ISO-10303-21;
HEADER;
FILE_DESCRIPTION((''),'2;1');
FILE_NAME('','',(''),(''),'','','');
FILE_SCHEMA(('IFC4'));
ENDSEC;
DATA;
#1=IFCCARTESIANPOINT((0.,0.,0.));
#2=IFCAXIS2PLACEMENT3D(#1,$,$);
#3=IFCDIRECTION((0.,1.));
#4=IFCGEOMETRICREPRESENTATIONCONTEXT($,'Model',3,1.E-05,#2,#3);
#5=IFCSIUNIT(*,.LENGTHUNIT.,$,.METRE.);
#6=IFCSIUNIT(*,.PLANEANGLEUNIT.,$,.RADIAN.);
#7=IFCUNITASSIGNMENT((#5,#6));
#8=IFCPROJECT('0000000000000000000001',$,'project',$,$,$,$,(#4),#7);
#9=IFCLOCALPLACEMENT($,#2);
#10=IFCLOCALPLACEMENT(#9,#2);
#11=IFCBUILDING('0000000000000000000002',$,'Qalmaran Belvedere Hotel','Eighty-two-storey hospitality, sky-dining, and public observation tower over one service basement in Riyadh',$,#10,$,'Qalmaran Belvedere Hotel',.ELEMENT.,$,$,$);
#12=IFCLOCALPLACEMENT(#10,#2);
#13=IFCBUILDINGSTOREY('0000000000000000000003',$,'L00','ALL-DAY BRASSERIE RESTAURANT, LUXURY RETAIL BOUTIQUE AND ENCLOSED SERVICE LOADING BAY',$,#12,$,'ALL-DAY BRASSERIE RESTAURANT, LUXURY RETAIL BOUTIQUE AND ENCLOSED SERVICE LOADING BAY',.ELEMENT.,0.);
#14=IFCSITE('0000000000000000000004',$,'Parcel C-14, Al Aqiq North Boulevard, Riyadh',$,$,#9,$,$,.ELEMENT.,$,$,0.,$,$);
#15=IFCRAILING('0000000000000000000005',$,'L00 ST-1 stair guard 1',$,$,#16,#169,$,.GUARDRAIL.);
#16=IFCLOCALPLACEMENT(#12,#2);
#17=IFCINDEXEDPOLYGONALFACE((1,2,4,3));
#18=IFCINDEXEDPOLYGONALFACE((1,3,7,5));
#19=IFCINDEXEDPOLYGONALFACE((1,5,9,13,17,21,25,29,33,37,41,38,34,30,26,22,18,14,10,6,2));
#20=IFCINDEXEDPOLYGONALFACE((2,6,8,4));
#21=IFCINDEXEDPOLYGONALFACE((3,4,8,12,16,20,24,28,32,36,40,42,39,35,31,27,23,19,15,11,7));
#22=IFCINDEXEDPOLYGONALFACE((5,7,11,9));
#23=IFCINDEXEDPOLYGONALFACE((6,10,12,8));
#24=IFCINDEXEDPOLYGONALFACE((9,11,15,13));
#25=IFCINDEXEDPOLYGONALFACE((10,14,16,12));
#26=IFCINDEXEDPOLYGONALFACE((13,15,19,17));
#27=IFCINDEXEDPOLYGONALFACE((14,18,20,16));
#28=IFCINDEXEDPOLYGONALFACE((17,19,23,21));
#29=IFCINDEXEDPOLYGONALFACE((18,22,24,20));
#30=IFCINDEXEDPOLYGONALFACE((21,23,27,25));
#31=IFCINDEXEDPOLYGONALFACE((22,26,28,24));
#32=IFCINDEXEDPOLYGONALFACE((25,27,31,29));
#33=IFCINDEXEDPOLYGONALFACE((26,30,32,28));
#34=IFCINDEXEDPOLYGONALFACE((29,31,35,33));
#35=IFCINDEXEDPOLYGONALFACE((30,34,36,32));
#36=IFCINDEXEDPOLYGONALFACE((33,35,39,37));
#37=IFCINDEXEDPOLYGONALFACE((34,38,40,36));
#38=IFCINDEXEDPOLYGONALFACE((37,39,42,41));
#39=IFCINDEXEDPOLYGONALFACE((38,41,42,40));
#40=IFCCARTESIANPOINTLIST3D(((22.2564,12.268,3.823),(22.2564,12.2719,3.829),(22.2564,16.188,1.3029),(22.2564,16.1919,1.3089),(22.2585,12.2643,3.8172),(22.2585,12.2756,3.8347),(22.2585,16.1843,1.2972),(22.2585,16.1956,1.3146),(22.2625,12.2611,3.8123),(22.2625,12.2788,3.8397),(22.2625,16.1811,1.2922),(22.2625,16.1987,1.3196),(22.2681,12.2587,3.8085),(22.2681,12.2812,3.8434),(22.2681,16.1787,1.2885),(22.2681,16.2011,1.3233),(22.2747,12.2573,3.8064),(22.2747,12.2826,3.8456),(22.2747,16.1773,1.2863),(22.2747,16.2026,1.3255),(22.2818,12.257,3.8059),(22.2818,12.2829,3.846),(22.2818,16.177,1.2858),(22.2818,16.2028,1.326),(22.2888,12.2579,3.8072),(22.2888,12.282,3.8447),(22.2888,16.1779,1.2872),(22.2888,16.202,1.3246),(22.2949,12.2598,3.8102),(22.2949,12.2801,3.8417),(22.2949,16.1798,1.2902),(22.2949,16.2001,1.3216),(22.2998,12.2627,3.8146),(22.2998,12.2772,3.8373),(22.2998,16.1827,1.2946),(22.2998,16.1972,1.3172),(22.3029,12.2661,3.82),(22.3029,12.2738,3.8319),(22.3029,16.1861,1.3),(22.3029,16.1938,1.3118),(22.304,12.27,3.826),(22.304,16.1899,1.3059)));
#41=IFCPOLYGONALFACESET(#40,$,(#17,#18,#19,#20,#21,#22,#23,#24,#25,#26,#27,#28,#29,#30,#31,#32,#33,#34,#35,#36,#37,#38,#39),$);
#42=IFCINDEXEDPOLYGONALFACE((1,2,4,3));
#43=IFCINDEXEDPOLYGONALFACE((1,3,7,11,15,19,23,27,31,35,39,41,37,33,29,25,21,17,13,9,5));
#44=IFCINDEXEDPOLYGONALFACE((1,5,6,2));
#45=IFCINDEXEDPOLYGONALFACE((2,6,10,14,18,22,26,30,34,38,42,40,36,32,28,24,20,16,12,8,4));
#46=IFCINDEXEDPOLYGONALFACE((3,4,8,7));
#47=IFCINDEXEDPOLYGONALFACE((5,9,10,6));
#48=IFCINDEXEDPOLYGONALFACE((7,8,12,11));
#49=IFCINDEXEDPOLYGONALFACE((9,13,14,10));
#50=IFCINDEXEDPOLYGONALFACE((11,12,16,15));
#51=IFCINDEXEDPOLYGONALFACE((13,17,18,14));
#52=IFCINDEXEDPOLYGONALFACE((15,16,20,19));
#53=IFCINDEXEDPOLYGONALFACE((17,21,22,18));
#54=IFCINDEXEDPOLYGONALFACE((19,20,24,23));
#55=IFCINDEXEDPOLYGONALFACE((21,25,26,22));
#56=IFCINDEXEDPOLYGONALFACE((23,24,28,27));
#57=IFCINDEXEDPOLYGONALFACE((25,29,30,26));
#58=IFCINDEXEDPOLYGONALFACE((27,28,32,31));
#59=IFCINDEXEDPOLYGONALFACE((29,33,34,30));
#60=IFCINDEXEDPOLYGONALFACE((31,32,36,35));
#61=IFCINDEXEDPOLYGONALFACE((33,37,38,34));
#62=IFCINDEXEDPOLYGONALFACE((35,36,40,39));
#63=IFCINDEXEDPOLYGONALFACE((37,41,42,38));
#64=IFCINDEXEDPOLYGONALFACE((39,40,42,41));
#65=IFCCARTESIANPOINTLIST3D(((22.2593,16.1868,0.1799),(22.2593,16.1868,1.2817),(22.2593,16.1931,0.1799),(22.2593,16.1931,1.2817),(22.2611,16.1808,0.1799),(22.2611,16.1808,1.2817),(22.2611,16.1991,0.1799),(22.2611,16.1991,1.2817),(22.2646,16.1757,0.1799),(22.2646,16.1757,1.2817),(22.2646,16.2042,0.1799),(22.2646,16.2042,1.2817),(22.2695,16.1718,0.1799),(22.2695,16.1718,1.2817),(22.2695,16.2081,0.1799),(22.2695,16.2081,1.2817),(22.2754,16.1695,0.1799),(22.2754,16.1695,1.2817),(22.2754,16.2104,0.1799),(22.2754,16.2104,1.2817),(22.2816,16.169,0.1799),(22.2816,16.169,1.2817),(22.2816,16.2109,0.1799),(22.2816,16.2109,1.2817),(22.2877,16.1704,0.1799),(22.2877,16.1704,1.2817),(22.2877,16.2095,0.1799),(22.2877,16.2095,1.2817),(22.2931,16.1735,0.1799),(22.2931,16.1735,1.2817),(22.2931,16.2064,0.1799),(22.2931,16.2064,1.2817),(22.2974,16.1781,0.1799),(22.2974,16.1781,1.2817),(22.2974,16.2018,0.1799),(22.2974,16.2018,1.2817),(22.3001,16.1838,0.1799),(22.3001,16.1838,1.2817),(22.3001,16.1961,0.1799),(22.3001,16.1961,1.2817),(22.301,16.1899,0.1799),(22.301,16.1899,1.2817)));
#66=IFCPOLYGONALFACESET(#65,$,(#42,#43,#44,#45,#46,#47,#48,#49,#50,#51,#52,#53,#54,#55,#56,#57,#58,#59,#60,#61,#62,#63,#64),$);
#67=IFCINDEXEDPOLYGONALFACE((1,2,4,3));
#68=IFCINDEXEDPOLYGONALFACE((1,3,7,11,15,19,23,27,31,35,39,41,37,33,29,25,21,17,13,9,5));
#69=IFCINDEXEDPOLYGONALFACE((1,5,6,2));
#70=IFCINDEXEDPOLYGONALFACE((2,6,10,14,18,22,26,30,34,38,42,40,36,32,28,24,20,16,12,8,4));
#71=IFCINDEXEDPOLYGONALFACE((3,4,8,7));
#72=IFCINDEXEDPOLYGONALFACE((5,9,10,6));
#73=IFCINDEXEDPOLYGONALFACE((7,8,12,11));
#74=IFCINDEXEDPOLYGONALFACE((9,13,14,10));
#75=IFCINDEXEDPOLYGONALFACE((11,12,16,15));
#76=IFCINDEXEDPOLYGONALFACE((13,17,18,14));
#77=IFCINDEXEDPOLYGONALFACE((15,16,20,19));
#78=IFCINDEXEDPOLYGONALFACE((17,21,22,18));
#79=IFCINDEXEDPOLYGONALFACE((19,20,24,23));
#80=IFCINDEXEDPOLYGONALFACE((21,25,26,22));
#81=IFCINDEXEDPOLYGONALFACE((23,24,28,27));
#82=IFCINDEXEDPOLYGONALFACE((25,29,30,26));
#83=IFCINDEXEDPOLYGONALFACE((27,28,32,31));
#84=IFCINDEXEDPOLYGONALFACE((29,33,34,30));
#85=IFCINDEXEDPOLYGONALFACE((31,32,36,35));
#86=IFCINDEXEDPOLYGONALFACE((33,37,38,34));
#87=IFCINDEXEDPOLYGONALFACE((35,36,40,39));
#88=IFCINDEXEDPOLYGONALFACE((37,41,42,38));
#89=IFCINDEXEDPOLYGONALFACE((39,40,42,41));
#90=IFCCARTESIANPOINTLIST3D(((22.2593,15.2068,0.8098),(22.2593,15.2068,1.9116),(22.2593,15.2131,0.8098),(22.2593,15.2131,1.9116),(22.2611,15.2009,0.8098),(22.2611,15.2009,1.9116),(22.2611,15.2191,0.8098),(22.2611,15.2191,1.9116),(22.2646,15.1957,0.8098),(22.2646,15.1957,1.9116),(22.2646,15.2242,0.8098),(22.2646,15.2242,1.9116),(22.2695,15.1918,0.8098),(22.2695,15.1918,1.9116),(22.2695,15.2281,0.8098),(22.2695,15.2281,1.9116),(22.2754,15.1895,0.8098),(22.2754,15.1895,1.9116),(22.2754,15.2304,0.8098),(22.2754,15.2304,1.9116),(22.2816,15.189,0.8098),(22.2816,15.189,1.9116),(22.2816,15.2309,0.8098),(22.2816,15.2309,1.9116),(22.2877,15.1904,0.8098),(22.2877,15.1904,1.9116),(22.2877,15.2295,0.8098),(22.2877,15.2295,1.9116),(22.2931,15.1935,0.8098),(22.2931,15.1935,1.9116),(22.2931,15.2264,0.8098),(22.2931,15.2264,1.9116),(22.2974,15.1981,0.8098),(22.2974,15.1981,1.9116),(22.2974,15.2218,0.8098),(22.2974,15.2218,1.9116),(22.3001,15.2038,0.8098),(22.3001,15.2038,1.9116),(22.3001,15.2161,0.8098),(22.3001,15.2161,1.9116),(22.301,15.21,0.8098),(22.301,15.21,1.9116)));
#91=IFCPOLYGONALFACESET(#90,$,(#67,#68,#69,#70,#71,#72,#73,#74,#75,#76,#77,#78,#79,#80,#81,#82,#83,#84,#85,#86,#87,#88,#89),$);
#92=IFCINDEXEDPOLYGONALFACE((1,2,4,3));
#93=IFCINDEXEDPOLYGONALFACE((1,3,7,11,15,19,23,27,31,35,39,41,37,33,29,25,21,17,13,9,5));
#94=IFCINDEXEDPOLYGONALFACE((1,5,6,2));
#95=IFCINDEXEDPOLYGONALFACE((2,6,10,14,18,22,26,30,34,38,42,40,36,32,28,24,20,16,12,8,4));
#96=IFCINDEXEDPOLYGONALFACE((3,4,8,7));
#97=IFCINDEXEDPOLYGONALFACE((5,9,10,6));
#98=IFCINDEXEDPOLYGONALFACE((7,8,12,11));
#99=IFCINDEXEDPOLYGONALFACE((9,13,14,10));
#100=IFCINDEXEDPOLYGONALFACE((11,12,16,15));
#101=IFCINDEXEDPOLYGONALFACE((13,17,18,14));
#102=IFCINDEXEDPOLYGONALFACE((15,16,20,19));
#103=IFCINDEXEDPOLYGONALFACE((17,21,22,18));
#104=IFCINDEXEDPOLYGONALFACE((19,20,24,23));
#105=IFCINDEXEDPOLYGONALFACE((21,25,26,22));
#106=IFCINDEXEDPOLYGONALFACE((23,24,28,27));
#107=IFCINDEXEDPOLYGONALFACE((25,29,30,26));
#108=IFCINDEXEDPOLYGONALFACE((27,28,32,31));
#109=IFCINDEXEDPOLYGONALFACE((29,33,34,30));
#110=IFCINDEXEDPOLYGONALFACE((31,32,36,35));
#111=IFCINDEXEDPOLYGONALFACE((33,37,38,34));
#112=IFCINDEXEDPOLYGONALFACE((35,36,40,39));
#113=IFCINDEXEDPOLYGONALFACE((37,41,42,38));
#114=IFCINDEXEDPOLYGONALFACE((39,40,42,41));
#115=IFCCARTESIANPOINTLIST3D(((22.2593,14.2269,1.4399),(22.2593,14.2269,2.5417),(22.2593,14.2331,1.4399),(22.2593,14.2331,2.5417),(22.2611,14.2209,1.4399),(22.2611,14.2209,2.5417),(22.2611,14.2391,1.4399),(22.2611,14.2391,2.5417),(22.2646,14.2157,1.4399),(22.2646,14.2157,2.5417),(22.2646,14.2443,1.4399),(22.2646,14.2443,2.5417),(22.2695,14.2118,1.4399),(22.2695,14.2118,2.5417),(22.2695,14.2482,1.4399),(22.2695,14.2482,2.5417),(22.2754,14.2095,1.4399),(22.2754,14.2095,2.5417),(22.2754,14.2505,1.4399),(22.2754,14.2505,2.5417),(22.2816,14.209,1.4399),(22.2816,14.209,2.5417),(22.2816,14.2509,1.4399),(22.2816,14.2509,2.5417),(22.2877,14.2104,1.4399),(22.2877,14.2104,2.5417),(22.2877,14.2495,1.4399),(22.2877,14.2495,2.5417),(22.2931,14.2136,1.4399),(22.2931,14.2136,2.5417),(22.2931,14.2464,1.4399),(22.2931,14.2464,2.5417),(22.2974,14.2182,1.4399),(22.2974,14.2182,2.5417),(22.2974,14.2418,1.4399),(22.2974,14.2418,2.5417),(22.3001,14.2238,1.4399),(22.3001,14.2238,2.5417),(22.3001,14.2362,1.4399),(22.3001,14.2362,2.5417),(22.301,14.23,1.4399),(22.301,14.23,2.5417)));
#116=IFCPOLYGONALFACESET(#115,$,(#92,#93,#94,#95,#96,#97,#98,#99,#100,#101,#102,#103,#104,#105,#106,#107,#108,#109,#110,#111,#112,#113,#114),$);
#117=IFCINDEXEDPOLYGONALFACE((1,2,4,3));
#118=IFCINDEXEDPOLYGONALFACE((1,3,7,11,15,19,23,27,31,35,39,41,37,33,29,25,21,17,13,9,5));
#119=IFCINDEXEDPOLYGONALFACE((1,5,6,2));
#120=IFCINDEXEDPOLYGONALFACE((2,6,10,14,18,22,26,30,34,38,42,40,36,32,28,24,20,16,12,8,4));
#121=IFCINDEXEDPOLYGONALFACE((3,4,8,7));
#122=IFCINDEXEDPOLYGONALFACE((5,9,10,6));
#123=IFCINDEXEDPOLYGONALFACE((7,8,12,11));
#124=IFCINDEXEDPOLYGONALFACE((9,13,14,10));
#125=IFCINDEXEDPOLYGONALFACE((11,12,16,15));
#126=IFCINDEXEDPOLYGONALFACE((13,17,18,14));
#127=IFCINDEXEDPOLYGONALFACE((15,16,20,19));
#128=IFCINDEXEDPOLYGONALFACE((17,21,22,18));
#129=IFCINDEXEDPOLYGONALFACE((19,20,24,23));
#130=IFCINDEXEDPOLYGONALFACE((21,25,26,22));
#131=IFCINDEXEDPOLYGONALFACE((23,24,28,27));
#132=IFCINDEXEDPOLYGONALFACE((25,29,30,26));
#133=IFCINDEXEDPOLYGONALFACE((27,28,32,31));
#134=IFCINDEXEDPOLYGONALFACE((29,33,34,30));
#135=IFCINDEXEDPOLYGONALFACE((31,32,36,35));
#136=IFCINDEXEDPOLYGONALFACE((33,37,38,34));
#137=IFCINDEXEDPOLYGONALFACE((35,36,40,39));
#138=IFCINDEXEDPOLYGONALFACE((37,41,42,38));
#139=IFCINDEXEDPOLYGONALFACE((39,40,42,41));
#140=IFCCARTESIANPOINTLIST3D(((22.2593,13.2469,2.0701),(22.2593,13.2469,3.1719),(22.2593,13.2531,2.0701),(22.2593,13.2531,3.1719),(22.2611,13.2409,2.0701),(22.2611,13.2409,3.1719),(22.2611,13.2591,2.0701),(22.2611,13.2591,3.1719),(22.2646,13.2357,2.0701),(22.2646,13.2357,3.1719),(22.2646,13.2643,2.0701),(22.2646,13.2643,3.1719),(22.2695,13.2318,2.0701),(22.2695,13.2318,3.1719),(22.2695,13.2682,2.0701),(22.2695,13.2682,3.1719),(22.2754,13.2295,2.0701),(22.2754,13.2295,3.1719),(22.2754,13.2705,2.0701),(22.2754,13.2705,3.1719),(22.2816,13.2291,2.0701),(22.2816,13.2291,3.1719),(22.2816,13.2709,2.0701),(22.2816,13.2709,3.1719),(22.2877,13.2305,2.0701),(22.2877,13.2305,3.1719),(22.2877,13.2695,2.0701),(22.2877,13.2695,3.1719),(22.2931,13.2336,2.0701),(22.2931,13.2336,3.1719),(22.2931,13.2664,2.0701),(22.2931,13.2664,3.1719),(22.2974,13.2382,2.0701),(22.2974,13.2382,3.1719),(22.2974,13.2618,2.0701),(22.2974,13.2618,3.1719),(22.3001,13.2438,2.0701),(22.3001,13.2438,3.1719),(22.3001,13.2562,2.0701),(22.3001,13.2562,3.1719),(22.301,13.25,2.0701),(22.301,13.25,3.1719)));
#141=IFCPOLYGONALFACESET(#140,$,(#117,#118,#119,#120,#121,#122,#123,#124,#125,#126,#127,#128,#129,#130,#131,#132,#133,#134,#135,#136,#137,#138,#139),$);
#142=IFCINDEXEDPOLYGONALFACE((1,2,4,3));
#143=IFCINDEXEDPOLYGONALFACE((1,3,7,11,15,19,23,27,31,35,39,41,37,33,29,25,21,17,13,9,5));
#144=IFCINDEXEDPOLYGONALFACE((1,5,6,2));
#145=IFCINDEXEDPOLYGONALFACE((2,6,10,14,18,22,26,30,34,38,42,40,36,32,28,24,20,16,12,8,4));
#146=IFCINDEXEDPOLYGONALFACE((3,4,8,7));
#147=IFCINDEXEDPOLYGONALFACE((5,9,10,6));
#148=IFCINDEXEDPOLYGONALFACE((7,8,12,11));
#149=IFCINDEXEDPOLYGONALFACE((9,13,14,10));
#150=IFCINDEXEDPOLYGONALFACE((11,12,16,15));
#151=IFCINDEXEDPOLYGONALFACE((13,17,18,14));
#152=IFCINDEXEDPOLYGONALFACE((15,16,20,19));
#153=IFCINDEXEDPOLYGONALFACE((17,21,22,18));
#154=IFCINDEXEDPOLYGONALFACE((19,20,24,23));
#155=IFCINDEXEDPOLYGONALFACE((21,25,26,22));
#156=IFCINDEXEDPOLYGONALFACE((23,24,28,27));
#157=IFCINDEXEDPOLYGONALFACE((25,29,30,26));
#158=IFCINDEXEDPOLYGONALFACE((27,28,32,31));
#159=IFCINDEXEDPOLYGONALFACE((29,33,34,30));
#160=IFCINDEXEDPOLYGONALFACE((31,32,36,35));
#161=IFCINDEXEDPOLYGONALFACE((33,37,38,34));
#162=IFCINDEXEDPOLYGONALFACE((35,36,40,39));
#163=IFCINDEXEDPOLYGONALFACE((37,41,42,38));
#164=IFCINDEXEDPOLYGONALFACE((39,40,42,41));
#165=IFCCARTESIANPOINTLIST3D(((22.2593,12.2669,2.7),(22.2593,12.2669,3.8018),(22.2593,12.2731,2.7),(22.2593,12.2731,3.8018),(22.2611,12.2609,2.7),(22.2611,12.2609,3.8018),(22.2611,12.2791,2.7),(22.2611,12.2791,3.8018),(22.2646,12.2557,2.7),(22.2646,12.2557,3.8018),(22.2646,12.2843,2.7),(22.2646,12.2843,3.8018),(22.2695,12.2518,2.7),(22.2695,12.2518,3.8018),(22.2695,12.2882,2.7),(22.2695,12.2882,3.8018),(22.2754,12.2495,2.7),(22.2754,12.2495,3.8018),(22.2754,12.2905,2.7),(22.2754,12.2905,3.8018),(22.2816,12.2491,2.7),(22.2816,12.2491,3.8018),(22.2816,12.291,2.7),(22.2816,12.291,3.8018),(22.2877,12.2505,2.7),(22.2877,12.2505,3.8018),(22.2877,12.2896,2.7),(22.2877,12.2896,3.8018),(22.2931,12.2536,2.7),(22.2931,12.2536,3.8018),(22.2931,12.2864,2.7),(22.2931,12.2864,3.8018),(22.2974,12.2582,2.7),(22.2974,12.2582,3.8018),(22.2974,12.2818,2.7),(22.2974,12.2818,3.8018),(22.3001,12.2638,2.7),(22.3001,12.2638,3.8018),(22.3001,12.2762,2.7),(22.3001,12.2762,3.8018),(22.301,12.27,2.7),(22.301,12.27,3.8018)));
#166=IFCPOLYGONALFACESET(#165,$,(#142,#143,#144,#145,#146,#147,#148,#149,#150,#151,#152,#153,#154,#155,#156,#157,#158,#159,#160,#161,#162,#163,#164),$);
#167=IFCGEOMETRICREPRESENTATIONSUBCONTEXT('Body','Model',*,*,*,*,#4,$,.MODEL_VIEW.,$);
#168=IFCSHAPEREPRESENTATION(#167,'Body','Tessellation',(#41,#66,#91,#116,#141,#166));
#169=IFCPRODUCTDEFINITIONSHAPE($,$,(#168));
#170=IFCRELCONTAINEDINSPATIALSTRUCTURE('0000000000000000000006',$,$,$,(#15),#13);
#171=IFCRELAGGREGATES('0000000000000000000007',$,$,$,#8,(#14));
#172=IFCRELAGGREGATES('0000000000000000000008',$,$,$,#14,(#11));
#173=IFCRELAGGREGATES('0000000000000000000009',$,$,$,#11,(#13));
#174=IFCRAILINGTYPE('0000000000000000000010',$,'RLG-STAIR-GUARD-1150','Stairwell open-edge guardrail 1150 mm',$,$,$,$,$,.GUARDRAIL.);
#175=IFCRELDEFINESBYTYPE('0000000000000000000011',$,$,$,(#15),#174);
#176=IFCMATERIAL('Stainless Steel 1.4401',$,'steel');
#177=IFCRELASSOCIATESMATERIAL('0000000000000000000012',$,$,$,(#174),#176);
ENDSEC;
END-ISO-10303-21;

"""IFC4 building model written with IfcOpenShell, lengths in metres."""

from ifc_helpers import new_model, si_unit, direction, frame, origin, origin_2d, place, context, subcontext, project, spatial, circle, extrude, material, type_object, element, save


model = new_model("IFC4")

# Units and contexts
model_context = context("Model", 3, precision=1e-05, world=origin(), true_north=direction((0.0, 1.0)))
body_context = subcontext(model_context, "Body", "Model", "MODEL_VIEW")
ifc_project = project(units=[si_unit("LENGTHUNIT", "METRE"), si_unit("PLANEANGLEUNIT", "RADIAN")], contexts=[model_context])

# Site, building, storey
site_placement = place(None, origin())
site = spatial("IfcSite", under=ifc_project, at=site_placement, Name="Parcel C-14, Al Aqiq North Boulevard, Riyadh", CompositionType="ELEMENT", RefElevation=0.0)
building_placement = place(site_placement, origin())
building = spatial("IfcBuilding", under=site, at=building_placement, Name="Qalmaran Belvedere Hotel", Description="Eighty-two-storey hospitality, sky-dining, and public observation tower over one service basement in Riyadh", LongName="Qalmaran Belvedere Hotel", CompositionType="ELEMENT")
storey_placement = place(building_placement, origin())
storey = spatial("IfcBuildingStorey", under=building, at=storey_placement, Name="L00", Description="ALL-DAY BRASSERIE RESTAURANT, LUXURY RETAIL BOUTIQUE AND ENCLOSED SERVICE LOADING BAY", LongName="ALL-DAY BRASSERIE RESTAURANT, LUXURY RETAIL BOUTIQUE AND ENCLOSED SERVICE LOADING BAY", CompositionType="ELEMENT", Elevation=0.0)

# Shared definitions
ifc_material_1 = material(Name="Stainless Steel 1.4401", Category="steel")

# Railing
railing_type_1 = type_object("IfcRailingType", Name="RLG-STAIR-GUARD-1150", Description="Stairwell open-edge guardrail 1150 mm", PredefinedType="GUARDRAIL", material=ifc_material_1)
railing_1_placement = place(storey_placement, frame((22.28, 16.1899, 0.1799)))
element("IfcRailing", 1, at=railing_1_placement, inside=storey, type_object=railing_type_1, Name="L00 ST-1 stair guard 1", PredefinedType="GUARDRAIL", context=body_context, shape_type="SweptSolid", body=[
    extrude(circle(Radius=0.0239, at=origin_2d()), frame((0.0, 0.0, 1.126), z_axis=(0.0, -0.841172, 0.540768), x_axis=(1.0, 0.0, 0.0)), (0.0, 0.0, 1.0), 4.6602),
    extrude(circle(Radius=0.021, at=origin_2d()), origin(), (0.0, 0.0, 1.0), 1.1018),
    extrude(circle(Radius=0.021, at=origin_2d()), frame((0.0, -0.98, 0.6299)), (0.0, 0.0, 1.0), 1.1018),
    extrude(circle(Radius=0.021, at=origin_2d()), frame((0.0, -1.96, 1.26)), (0.0, 0.0, 1.0), 1.1018),
    extrude(circle(Radius=0.021, at=origin_2d()), frame((0.0, -2.9399, 1.8901)), (0.0, 0.0, 1.0), 1.1018),
    extrude(circle(Radius=0.021, at=origin_2d()), frame((0.0, -3.9199, 2.52)), (0.0, 0.0, 1.0), 1.1018),
])

save(model, "model.ifc")
